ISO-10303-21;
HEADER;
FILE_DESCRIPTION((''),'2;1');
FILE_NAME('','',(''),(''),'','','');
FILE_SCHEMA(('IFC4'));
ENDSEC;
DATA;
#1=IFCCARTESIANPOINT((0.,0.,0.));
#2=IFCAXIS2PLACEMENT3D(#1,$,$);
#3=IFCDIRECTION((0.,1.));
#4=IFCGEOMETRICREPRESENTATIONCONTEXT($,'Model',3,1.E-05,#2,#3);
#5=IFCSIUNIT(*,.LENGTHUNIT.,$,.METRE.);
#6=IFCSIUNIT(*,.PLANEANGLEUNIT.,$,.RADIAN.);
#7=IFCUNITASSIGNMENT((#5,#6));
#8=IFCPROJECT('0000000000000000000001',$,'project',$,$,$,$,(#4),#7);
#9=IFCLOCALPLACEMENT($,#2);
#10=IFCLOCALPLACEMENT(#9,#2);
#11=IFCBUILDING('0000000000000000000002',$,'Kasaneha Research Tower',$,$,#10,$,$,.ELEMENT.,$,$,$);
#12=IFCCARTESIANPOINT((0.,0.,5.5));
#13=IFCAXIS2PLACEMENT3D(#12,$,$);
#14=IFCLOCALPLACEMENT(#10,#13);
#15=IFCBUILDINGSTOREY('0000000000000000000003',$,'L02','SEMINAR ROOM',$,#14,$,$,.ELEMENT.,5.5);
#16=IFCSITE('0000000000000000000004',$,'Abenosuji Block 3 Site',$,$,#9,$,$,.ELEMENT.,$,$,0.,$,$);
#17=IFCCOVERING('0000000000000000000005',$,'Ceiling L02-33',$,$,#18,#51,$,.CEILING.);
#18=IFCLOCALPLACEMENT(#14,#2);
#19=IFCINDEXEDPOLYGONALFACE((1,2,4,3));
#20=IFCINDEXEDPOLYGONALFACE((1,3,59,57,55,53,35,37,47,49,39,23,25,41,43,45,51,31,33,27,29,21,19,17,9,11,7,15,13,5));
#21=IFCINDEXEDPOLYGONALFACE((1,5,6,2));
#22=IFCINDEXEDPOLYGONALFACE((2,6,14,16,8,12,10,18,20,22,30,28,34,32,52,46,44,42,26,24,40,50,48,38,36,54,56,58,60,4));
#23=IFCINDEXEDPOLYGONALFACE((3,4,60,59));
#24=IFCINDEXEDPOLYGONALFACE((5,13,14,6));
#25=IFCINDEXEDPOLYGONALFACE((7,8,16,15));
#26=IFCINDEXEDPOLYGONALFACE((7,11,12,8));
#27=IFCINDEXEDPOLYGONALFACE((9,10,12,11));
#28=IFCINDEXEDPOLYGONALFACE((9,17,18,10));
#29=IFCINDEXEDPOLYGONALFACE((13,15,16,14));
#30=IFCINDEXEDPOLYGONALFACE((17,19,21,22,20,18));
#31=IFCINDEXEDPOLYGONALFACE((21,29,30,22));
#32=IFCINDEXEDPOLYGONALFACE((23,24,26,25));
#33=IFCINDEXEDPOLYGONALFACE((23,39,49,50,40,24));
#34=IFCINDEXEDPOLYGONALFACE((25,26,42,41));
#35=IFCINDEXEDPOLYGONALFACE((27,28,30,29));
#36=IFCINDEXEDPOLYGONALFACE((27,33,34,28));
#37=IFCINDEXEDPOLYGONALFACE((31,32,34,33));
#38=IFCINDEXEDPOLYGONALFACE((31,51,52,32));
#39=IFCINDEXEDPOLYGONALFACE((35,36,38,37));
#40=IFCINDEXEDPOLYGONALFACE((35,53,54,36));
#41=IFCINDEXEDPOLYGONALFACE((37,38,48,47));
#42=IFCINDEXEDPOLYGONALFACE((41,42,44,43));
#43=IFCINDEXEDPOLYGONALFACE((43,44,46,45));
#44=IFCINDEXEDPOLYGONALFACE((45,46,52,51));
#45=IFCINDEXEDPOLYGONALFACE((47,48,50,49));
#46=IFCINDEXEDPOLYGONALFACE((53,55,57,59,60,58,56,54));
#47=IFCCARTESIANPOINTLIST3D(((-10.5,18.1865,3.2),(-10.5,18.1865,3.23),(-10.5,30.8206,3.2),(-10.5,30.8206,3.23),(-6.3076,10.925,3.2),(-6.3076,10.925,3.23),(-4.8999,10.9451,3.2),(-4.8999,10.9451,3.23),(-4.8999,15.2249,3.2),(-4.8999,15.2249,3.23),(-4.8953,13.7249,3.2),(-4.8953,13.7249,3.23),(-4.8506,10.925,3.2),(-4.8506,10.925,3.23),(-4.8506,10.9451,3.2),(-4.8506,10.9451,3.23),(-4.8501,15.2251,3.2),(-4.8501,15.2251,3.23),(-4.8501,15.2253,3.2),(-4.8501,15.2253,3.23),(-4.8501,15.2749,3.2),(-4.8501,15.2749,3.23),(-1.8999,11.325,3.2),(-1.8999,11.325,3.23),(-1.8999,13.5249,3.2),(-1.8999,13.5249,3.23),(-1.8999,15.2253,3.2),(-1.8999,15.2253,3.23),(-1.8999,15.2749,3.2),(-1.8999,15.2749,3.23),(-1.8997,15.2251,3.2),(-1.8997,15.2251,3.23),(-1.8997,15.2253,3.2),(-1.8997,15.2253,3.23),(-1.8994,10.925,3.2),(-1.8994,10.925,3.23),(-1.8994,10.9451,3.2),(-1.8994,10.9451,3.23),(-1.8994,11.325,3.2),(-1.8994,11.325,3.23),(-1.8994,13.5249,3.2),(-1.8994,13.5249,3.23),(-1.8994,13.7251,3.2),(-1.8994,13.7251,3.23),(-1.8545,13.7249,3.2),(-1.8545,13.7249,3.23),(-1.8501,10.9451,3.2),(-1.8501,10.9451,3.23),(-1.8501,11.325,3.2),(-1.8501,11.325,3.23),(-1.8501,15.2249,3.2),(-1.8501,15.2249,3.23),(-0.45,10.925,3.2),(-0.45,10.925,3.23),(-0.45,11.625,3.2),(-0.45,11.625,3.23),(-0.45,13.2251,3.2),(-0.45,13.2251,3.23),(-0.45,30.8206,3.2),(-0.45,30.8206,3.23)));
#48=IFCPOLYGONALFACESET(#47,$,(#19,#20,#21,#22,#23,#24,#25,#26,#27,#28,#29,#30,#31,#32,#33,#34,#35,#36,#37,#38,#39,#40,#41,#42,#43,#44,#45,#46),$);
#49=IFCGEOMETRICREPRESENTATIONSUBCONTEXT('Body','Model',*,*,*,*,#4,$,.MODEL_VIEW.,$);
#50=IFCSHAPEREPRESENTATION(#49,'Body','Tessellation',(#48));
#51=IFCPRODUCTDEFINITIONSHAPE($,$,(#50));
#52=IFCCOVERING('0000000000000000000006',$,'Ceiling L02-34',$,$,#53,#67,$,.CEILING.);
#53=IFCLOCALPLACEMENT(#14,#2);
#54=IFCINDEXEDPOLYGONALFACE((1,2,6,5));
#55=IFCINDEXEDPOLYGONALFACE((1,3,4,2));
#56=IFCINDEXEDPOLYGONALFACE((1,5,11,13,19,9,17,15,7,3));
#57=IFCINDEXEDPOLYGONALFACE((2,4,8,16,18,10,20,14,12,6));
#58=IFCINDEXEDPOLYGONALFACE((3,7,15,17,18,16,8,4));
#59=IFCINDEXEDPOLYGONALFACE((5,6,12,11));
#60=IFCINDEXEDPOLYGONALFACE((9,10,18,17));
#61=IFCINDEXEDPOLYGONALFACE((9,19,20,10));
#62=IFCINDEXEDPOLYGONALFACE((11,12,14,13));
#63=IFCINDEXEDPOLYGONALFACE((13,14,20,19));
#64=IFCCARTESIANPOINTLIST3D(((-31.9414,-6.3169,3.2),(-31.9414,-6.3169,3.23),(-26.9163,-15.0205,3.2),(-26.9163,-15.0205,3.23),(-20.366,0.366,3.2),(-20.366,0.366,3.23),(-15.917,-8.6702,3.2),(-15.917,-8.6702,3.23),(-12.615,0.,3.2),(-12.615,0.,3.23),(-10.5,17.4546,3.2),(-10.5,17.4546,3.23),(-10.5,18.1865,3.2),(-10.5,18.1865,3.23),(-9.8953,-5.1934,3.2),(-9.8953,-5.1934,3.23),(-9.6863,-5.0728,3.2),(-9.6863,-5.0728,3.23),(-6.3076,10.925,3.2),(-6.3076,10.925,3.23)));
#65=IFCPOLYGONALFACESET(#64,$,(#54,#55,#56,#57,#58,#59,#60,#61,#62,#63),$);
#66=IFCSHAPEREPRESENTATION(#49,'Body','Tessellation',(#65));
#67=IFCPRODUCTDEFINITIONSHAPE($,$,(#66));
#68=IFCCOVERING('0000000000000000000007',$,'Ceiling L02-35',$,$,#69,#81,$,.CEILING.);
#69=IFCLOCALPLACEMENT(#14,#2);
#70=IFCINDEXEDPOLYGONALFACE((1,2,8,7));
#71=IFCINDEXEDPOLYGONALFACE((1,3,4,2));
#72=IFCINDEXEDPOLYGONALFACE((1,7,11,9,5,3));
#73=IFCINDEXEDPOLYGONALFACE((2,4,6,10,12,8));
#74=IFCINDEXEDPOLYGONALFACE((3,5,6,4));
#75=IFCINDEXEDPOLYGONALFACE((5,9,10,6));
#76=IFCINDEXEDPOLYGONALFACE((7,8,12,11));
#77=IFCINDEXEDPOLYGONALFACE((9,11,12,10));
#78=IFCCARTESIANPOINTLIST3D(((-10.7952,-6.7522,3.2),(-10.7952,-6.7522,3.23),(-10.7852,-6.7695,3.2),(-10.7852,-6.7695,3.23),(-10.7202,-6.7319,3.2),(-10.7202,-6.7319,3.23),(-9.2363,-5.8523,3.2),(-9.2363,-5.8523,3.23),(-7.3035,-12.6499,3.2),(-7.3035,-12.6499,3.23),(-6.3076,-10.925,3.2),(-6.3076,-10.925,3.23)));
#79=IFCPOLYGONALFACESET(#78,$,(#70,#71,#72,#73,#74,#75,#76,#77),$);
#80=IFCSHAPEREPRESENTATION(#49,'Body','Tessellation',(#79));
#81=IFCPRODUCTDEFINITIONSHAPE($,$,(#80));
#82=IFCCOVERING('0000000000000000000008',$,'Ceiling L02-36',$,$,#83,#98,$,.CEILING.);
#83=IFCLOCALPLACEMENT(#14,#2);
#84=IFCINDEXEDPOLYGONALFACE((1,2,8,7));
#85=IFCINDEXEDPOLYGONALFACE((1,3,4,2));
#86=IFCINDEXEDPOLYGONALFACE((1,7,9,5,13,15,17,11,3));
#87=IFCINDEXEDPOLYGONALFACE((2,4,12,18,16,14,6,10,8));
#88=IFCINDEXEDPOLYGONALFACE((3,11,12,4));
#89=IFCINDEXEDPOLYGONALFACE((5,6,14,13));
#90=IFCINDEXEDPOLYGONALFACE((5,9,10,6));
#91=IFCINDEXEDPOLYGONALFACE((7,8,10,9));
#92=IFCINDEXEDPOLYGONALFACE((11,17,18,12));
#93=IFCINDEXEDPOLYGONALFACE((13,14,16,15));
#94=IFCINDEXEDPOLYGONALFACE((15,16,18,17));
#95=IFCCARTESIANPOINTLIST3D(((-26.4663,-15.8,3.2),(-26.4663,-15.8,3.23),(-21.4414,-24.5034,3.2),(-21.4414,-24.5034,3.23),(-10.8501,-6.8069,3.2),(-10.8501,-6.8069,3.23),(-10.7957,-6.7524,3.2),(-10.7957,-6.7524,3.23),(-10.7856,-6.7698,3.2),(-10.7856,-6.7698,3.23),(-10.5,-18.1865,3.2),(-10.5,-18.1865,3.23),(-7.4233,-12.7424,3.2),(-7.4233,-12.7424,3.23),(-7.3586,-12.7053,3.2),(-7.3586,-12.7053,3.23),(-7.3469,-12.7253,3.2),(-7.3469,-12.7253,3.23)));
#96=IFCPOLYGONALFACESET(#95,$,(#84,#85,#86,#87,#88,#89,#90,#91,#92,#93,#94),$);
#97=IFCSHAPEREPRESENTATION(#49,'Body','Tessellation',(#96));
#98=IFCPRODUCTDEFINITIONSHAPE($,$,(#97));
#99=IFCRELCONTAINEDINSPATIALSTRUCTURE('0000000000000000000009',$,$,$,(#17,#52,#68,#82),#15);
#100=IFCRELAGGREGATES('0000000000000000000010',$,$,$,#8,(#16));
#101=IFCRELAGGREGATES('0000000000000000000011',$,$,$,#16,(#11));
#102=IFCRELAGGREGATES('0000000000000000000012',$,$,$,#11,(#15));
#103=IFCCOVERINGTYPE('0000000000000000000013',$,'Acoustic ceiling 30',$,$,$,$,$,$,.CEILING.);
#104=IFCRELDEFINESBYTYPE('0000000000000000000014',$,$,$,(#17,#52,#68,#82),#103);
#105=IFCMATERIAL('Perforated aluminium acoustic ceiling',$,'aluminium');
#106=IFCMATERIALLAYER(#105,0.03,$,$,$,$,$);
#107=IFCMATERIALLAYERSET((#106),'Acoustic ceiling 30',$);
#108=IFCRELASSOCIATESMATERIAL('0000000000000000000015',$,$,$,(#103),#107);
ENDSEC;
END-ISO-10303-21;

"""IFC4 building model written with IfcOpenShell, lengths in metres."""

from ifc_helpers import new_model, si_unit, direction, frame, origin, place, context, subcontext, project, spatial, polyline, outline, extrude, material, layer, layer_set, type_object, element, save


model = new_model("IFC4")

# Units and contexts
model_context = context("Model", 3, precision=1e-05, world=origin(), true_north=direction((0.0, 1.0)))
body_context = subcontext(model_context, "Body", "Model", "MODEL_VIEW")
ifc_project = project(units=[si_unit("LENGTHUNIT", "METRE"), si_unit("PLANEANGLEUNIT", "RADIAN")], contexts=[model_context])

# Site, building, storey
site_placement = place(None, origin())
site = spatial("IfcSite", under=ifc_project, at=site_placement, Name="Abenosuji Block 3 Site", CompositionType="ELEMENT", RefElevation=0.0)
building_placement = place(site_placement, origin())
building = spatial("IfcBuilding", under=site, at=building_placement, Name="Kasaneha Research Tower", CompositionType="ELEMENT")
storey_placement = place(building_placement, frame((0.0, 0.0, 5.5)))
storey = spatial("IfcBuildingStorey", under=building, at=storey_placement, Name="L02", Description="SEMINAR ROOM", CompositionType="ELEMENT", Elevation=5.5)

# Coverings
ifc_material_1 = material(Name="Perforated aluminium acoustic ceiling", Category="aluminium")
ifc_layer_1 = layer(ifc_material_1, 0.03)
ifc_layer_set_1 = layer_set([ifc_layer_1], Name="Acoustic ceiling 30")
covering_type = type_object("IfcCoveringType", Name="Acoustic ceiling 30", PredefinedType="CEILING", material=ifc_layer_set_1)
covering_1_placement = place(storey_placement, frame((0.0, 0.0, 3.2)))
element("IfcCovering", 1, at=covering_1_placement, inside=storey, type_object=covering_type, Name="Ceiling L02-33", PredefinedType="CEILING", context=body_context, shape_type="SweptSolid", body=[
    extrude(outline(polyline([(-1.8994, 10.925), (-1.8994, 10.9451), (-1.8501, 10.9451), (-1.8501, 11.325), (-1.8994, 11.325), (-1.8994, 11.325), (-1.8999, 11.325), (-1.8999, 13.5249), (-1.8994, 13.5249), (-1.8994, 13.7251), (-1.8545, 13.7249), (-1.8501, 15.2249), (-1.8997, 15.2251), (-1.8997, 15.2253), (-1.8999, 15.2253), (-1.8999, 15.2749), (-4.8501, 15.2749), (-4.8501, 15.2253), (-4.8501, 15.2253), (-4.8501, 15.2251), (-4.8999, 15.2249), (-4.8953, 13.7249), (-4.8999, 10.9451), (-4.8506, 10.9451), (-4.8506, 10.925), (-6.3076, 10.925), (-10.5, 18.1865), (-10.5, 30.8206), (-0.45, 30.8206), (-0.45, 13.2251), (-0.45, 11.625), (-0.45, 10.925), (-1.8994, 10.925)])), origin(), (0.0, 0.0, 1.0), 0.03),
])
covering_2_placement = place(storey_placement, frame((0.0, 0.0, 3.2)))
element("IfcCovering", 2, at=covering_2_placement, inside=storey, type_object=covering_type, Name="Ceiling L02-34", PredefinedType="CEILING", context=body_context, shape_type="SweptSolid", body=[
    extrude(outline(polyline([(-12.615, 0.0), (-9.6863, -5.0728), (-9.8953, -5.1934), (-15.917, -8.6702), (-26.9163, -15.0205), (-31.9414, -6.3169), (-20.366, 0.366), (-10.5, 17.4546), (-10.5, 18.1865), (-6.3076, 10.925), (-12.615, 0.0)])), origin(), (0.0, 0.0, 1.0), 0.03),
])
covering_3_placement = place(storey_placement, frame((0.0, 0.0, 3.2)))
element("IfcCovering", 3, at=covering_3_placement, inside=storey, type_object=covering_type, Name="Ceiling L02-35", PredefinedType="CEILING", context=body_context, shape_type="SweptSolid", body=[
    extrude(outline(polyline([(-9.2363, -5.8523), (-6.3076, -10.925), (-7.3035, -12.6499), (-10.7202, -6.7319), (-10.7852, -6.7695), (-10.7952, -6.7522), (-9.2363, -5.8523)])), origin(), (0.0, 0.0, 1.0), 0.03),
])
covering_4_placement = place(storey_placement, frame((0.0, 0.0, 3.2)))
element("IfcCovering", 4, at=covering_4_placement, inside=storey, type_object=covering_type, Name="Ceiling L02-36", PredefinedType="CEILING", context=body_context, shape_type="SweptSolid", body=[
    extrude(outline(polyline([(-10.5, -18.1865), (-21.4414, -24.5034), (-26.4663, -15.8), (-10.7957, -6.7524), (-10.7856, -6.7698), (-10.8501, -6.8069), (-7.4233, -12.7424), (-7.3586, -12.7053), (-7.3469, -12.7253), (-10.5, -18.1865)])), origin(), (0.0, 0.0, 1.0), 0.03),
])

save(model, "model.ifc")
